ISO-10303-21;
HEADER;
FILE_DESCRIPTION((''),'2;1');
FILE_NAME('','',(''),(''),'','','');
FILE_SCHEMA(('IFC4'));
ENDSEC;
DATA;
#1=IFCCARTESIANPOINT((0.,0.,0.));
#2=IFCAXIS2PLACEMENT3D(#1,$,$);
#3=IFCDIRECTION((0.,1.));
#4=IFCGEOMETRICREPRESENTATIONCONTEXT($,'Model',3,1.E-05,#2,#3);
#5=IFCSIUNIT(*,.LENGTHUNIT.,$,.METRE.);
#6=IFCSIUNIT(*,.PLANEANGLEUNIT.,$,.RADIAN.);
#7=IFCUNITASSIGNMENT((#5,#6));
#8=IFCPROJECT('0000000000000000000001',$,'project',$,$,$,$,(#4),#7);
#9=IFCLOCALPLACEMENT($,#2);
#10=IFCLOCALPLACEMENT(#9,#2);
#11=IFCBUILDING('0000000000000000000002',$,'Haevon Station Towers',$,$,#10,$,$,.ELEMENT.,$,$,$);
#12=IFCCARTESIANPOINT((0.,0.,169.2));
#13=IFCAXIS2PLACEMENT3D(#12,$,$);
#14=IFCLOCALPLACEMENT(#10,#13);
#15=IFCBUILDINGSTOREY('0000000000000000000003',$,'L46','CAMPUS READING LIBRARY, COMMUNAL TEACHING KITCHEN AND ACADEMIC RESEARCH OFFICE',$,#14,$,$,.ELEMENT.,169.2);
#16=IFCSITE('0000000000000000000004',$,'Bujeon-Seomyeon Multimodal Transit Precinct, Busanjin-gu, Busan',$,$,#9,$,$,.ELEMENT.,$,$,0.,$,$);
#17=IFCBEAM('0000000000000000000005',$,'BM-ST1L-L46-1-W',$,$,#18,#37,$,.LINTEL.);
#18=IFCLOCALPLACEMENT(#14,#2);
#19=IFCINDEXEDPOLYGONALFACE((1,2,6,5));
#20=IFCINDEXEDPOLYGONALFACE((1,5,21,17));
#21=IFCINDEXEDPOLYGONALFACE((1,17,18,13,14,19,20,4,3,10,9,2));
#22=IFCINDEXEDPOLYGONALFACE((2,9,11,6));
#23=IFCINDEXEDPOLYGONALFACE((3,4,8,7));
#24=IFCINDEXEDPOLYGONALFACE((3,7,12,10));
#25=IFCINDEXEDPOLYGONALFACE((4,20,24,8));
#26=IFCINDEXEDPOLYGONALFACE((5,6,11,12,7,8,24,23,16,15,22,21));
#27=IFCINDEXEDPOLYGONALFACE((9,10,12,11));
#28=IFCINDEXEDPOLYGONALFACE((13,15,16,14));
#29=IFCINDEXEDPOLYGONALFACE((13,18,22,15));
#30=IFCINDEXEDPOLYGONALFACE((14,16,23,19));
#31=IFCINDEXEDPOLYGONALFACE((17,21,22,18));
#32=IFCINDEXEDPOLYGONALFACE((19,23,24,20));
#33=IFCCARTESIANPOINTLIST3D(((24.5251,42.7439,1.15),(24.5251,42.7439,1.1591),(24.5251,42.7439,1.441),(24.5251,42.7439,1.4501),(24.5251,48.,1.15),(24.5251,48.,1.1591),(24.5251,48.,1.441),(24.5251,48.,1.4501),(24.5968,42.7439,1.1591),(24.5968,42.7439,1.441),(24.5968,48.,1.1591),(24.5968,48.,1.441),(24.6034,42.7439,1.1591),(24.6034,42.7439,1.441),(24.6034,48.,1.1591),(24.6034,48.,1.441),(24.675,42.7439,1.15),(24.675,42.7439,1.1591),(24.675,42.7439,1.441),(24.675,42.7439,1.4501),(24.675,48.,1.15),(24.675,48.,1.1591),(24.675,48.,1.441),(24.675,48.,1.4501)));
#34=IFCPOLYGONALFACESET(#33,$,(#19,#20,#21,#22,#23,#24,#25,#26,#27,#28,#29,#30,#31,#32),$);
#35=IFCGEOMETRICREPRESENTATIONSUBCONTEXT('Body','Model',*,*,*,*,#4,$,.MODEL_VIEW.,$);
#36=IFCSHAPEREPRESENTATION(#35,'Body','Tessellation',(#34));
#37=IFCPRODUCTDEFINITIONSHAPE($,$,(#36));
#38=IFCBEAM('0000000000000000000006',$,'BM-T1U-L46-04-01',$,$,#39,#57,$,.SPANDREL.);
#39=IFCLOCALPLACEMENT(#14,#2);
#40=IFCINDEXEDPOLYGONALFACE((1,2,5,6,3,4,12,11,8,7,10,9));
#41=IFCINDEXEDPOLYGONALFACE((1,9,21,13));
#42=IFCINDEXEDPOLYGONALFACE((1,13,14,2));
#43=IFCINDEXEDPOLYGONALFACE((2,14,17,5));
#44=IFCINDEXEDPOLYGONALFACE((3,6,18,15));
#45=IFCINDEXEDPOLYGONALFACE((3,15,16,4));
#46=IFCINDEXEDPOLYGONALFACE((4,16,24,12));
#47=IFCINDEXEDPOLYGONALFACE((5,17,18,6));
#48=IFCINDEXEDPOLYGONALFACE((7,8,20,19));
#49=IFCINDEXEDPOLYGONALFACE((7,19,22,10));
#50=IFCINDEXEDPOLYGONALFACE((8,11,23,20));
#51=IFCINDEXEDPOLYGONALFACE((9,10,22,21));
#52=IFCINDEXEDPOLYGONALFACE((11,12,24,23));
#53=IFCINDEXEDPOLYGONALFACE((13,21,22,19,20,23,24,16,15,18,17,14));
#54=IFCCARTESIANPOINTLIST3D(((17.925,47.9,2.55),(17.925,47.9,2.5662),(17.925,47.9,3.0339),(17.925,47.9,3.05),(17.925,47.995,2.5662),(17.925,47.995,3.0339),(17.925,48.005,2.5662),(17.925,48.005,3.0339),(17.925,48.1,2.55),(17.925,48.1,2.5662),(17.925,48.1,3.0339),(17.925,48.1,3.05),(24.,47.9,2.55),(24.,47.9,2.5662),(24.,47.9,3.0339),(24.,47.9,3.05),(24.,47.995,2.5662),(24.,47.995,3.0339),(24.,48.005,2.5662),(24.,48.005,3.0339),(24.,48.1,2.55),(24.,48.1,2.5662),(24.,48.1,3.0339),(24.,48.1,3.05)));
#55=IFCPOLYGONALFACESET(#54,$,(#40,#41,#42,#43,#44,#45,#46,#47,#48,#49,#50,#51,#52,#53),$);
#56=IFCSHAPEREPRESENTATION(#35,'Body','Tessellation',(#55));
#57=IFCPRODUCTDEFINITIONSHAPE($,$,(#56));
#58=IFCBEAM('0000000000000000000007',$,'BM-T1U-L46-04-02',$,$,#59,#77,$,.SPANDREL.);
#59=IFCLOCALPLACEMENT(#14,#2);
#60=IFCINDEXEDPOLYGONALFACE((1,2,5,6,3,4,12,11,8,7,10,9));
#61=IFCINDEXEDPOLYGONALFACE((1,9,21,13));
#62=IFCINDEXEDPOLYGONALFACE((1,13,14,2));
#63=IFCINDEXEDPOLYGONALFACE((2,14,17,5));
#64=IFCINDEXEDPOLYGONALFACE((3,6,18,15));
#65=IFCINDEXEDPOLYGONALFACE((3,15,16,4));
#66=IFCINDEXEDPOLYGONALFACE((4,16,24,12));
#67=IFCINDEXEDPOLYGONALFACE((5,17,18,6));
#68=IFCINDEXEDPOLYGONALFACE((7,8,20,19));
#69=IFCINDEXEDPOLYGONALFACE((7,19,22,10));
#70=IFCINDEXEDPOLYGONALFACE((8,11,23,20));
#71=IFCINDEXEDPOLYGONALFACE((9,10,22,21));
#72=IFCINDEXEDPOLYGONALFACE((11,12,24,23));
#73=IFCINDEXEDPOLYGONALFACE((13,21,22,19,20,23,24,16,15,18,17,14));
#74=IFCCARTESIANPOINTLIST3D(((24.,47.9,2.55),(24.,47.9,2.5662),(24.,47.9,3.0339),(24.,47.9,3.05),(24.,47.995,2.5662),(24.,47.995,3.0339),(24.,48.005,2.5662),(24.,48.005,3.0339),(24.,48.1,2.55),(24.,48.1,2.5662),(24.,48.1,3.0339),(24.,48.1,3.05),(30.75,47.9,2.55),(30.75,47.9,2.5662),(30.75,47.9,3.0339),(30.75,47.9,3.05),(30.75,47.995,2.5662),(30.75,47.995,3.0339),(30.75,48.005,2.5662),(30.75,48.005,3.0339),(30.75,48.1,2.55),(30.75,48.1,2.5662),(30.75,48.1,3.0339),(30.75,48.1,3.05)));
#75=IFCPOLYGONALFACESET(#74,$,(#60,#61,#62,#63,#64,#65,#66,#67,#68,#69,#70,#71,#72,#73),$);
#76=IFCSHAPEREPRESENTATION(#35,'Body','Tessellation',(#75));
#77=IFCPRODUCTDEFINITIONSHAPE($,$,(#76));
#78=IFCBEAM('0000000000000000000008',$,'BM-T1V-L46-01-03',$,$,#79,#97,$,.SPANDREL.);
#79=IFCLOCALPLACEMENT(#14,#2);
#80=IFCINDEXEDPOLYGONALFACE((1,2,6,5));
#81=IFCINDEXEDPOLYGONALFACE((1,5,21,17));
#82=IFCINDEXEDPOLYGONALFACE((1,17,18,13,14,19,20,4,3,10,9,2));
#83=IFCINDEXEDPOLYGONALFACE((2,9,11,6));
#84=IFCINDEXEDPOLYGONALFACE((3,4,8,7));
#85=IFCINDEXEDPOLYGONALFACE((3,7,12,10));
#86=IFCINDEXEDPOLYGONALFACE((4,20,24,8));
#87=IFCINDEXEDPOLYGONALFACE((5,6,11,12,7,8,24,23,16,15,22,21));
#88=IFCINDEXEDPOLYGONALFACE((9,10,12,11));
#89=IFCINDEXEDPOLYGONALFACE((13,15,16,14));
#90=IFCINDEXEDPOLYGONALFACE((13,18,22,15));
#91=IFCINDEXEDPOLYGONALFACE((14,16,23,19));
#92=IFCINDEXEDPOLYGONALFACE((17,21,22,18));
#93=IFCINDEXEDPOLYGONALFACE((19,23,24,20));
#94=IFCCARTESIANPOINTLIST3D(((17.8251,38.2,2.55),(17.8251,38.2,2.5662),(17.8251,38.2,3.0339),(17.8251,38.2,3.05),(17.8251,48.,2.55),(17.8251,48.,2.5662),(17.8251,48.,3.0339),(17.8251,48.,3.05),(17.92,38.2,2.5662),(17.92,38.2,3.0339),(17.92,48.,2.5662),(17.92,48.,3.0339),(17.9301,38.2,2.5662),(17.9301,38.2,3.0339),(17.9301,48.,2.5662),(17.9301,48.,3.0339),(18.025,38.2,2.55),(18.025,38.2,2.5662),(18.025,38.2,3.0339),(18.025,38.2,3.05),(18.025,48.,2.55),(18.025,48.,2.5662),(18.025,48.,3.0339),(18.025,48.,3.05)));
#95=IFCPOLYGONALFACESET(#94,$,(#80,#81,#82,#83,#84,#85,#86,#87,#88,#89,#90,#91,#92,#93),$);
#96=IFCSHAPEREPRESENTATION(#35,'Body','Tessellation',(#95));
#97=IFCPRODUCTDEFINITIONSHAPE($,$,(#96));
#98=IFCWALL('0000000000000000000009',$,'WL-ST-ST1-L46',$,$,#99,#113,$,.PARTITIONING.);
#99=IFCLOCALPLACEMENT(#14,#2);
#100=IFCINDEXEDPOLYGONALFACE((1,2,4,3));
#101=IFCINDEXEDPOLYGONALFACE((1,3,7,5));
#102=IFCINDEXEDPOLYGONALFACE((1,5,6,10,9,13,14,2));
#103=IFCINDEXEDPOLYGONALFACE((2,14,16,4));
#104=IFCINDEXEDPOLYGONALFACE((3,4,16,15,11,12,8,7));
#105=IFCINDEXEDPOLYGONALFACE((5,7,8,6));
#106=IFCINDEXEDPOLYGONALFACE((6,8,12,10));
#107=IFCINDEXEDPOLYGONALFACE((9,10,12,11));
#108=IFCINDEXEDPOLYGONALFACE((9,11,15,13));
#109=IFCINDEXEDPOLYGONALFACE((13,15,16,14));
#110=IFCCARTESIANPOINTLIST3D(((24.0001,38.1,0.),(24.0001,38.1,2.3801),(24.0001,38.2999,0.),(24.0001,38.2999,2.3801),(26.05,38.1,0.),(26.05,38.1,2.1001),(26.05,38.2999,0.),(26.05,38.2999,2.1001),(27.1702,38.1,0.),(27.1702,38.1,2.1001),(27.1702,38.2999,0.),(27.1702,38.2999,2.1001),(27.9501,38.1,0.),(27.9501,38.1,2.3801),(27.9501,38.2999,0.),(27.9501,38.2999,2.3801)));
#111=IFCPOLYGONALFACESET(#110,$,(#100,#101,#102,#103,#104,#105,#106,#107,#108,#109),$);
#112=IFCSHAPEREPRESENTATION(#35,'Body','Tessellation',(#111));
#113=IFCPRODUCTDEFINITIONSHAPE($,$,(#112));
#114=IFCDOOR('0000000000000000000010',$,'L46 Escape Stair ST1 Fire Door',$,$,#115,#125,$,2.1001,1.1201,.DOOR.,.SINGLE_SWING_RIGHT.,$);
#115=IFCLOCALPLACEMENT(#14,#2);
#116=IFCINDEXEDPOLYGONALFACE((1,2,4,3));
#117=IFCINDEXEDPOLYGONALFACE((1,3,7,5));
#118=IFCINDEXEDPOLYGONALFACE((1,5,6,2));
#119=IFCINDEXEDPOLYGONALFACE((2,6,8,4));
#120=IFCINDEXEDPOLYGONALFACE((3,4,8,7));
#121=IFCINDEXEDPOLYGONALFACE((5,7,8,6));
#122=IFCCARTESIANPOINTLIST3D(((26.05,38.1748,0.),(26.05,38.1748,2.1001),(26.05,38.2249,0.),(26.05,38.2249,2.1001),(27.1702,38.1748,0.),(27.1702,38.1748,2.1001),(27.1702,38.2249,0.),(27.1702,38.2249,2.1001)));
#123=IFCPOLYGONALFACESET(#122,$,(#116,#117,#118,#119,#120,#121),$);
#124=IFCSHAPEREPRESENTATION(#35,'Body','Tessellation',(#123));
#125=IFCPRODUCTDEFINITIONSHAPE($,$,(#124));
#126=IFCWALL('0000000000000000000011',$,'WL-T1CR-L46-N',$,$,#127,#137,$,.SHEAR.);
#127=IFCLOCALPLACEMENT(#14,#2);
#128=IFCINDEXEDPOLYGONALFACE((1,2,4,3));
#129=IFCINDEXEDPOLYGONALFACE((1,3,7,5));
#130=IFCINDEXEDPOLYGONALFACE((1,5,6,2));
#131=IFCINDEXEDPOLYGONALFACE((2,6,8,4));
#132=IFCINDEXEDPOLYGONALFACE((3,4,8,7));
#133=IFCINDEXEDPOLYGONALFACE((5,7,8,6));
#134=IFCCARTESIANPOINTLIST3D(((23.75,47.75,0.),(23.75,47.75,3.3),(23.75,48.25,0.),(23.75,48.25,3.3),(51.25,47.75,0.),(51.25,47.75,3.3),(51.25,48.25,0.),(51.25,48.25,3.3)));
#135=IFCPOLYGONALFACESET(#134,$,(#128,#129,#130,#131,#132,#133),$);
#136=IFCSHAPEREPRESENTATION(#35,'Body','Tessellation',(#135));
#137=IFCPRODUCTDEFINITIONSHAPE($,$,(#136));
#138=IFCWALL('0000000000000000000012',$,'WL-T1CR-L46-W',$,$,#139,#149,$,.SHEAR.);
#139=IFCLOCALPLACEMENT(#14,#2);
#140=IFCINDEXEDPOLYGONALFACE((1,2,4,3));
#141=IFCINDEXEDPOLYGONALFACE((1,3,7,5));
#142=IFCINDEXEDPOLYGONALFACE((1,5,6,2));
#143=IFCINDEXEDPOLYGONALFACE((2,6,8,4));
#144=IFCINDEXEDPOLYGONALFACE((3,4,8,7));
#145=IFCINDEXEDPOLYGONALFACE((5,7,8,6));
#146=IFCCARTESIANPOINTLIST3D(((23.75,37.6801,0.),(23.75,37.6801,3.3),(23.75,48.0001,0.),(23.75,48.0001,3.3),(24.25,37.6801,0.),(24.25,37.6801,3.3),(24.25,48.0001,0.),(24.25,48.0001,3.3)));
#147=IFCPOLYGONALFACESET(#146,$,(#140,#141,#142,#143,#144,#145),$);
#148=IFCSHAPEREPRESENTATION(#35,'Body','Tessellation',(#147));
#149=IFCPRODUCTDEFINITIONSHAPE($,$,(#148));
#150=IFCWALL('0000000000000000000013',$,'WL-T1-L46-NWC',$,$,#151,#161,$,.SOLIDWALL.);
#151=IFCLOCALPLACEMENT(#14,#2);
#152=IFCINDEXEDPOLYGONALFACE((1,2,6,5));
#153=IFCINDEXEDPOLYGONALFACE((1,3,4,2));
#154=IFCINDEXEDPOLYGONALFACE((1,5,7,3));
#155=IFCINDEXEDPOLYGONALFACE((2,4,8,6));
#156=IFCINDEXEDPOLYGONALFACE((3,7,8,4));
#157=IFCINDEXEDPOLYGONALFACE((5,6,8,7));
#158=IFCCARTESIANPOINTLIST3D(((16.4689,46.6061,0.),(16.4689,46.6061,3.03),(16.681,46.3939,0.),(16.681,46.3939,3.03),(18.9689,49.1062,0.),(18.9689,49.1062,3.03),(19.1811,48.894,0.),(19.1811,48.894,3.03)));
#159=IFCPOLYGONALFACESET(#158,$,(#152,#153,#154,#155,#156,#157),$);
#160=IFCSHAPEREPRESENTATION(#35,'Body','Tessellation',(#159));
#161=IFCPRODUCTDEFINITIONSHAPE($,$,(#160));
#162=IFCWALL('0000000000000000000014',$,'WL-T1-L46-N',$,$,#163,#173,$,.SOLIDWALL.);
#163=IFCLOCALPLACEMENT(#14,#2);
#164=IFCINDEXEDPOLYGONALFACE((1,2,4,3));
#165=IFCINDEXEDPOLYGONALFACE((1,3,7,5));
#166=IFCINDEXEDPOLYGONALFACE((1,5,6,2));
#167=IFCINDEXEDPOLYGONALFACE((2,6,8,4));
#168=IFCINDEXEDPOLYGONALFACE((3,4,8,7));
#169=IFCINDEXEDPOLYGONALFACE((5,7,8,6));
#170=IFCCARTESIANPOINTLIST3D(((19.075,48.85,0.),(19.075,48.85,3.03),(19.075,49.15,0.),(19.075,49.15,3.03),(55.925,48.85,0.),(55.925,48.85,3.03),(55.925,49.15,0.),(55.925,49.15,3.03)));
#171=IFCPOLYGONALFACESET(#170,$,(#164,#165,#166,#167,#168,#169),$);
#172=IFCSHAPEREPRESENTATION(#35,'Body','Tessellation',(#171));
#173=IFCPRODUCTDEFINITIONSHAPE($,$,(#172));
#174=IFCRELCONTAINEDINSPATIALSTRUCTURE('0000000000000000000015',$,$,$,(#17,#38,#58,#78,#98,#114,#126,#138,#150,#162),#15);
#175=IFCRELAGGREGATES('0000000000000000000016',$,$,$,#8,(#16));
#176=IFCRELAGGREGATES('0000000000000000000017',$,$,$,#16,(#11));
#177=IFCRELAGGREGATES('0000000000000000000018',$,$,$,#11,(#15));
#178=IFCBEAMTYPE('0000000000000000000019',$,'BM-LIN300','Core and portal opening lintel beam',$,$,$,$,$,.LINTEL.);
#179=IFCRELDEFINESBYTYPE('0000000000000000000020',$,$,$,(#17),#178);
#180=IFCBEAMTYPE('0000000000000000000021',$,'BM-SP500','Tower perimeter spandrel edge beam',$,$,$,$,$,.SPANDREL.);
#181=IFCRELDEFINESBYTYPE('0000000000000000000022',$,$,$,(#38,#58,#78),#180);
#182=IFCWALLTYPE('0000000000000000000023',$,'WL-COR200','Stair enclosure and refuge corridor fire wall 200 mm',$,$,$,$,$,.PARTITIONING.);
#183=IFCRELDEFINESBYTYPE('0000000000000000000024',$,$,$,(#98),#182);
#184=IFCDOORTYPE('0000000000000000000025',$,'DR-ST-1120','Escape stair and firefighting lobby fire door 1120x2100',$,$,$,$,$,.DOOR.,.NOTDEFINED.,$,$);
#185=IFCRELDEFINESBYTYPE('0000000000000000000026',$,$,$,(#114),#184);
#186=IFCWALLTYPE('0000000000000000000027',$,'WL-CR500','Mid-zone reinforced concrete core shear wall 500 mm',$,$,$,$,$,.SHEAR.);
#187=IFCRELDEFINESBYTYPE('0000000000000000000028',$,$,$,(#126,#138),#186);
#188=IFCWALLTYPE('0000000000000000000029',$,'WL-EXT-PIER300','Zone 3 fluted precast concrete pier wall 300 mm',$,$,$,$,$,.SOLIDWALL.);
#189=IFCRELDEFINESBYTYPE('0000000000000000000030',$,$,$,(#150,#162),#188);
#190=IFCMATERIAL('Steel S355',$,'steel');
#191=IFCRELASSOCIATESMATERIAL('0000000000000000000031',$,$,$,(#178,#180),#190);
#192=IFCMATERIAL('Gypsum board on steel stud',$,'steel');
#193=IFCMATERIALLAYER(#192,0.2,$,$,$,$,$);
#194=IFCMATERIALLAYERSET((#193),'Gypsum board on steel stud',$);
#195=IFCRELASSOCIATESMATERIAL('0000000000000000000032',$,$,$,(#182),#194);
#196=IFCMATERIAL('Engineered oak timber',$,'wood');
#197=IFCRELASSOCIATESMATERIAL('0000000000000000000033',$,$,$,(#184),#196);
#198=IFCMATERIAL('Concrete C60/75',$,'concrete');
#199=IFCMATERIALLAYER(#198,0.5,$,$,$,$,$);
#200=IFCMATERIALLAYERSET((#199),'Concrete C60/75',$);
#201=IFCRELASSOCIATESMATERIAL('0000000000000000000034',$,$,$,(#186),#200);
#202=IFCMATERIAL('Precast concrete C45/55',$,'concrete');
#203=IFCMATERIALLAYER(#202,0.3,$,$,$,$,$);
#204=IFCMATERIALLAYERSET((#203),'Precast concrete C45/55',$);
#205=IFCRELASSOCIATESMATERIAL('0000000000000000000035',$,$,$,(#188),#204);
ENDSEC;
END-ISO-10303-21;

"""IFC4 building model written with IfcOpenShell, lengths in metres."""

from ifc_helpers import new_model, si_unit, direction, frame, frame_2d, origin, origin_2d, place, context, subcontext, project, spatial, rectangle, i_section, extrude, material, layer, layer_set, material_profile, profile_set, type_object, element, fill, save


model = new_model("IFC4")

# Units and contexts
model_context = context("Model", 3, precision=1e-05, world=origin(), true_north=direction((0.0, 1.0)))
body_context = subcontext(model_context, "Body", "Model", "MODEL_VIEW")
ifc_project = project(units=[si_unit("LENGTHUNIT", "METRE"), si_unit("PLANEANGLEUNIT", "RADIAN")], contexts=[model_context])

# Site, building, storey
site_placement = place(None, origin())
site = spatial("IfcSite", under=ifc_project, at=site_placement, Name="Bujeon-Seomyeon Multimodal Transit Precinct, Busanjin-gu, Busan", CompositionType="ELEMENT", RefElevation=0.0)
building_placement = place(site_placement, origin())
building = spatial("IfcBuilding", under=site, at=building_placement, Name="Haevon Station Towers", CompositionType="ELEMENT")
storey_placement = place(building_placement, frame((0.0, 0.0, 169.2)))
storey = spatial("IfcBuildingStorey", under=building, at=storey_placement, Name="L46", Description="CAMPUS READING LIBRARY, COMMUNAL TEACHING KITCHEN AND ACADEMIC RESEARCH OFFICE", CompositionType="ELEMENT", Elevation=169.2)

# Shared definitions
ifc_material_1 = material(Name="Steel S355", Category="steel")

# Beams
ifc_material_profile_1 = material_profile(ifc_material_1, i_section(OverallWidth=0.1499, OverallDepth=0.3, WebThickness=0.0066, FlangeThickness=0.009, at=origin_2d()), Name="H-300x150x6.5x9")
ifc_profile_set_1 = profile_set([ifc_material_profile_1], Name="Steel S355")
beam_type_1 = type_object("IfcBeamType", Name="BM-LIN300", Description="Core and portal opening lintel beam", PredefinedType="LINTEL", material=ifc_profile_set_1)
beam_1_placement = place(storey_placement, frame((24.6001, 42.7439, 1.3), z_axis=(0.0, 1.0, 0.0), x_axis=(-1.0, 0.0, 0.0)))
element("IfcBeam", 1, at=beam_1_placement, inside=storey, type_object=beam_type_1, Name="BM-ST1L-L46-1-W", PredefinedType="LINTEL", context=body_context, shape_type="SweptSolid", body=[
    extrude(i_section(OverallWidth=0.1499, OverallDepth=0.3, WebThickness=0.0066, FlangeThickness=0.009, at=origin_2d()), origin(), (0.0, 0.0, 1.0), 5.2561),
])
ifc_material_profile_2 = material_profile(ifc_material_1, i_section(OverallWidth=0.2, OverallDepth=0.5, WebThickness=0.01, FlangeThickness=0.0161, at=origin_2d()), Name="H-500x200x10x16")
ifc_profile_set_2 = profile_set([ifc_material_profile_2], Name="Steel S355")
beam_type_2 = type_object("IfcBeamType", Name="BM-SP500", Description="Tower perimeter spandrel edge beam", PredefinedType="SPANDREL", material=ifc_profile_set_2)
beam_2_placement = place(storey_placement, frame((17.925, 48.0, 2.8), z_axis=(1.0, 0.0, 0.0), x_axis=(0.0, 1.0, 0.0)))
element("IfcBeam", 2, at=beam_2_placement, inside=storey, type_object=beam_type_2, Name="BM-T1U-L46-04-01", PredefinedType="SPANDREL", context=body_context, shape_type="SweptSolid", body=[
    extrude(i_section(OverallWidth=0.2, OverallDepth=0.5, WebThickness=0.01, FlangeThickness=0.0161, at=origin_2d()), origin(), (0.0, 0.0, 1.0), 6.075),
])
beam_3_placement = place(storey_placement, frame((24.0, 48.0, 2.8), z_axis=(1.0, 0.0, 0.0), x_axis=(0.0, 1.0, 0.0)))
element("IfcBeam", 3, at=beam_3_placement, inside=storey, type_object=beam_type_2, Name="BM-T1U-L46-04-02", PredefinedType="SPANDREL", context=body_context, shape_type="SweptSolid", body=[
    extrude(i_section(OverallWidth=0.2, OverallDepth=0.5, WebThickness=0.01, FlangeThickness=0.0161, at=origin_2d()), origin(), (0.0, 0.0, 1.0), 6.75),
])
beam_4_placement = place(storey_placement, frame((17.925, 38.2, 2.8), z_axis=(0.0, 1.0, 0.0), x_axis=(-1.0, 0.0, 0.0)))
element("IfcBeam", 4, at=beam_4_placement, inside=storey, type_object=beam_type_2, Name="BM-T1V-L46-01-03", PredefinedType="SPANDREL", context=body_context, shape_type="SweptSolid", body=[
    extrude(i_section(OverallWidth=0.2, OverallDepth=0.5, WebThickness=0.01, FlangeThickness=0.0161, at=origin_2d()), origin(), (0.0, 0.0, 1.0), 9.8),
])

# Wall, opening, door
ifc_material_2 = material(Name="Gypsum board on steel stud", Category="steel")
ifc_layer_1 = layer(ifc_material_2, 0.2)
ifc_layer_set_1 = layer_set([ifc_layer_1], Name="Gypsum board on steel stud")
wall_type_1 = type_object("IfcWallType", Name="WL-COR200", Description="Stair enclosure and refuge corridor fire wall 200 mm", PredefinedType="PARTITIONING", material=ifc_layer_set_1)
wall_1_placement = place(storey_placement, frame((24.0, 38.2, 0.0), z_axis=(0.0, 0.0, 1.0), x_axis=(1.0, 0.0, 0.0)))
wall_1 = element("IfcWall", 5, at=wall_1_placement, inside=storey, type_object=wall_type_1, Name="WL-ST-ST1-L46", PredefinedType="PARTITIONING", context=body_context, shape_type="SweptSolid", body=[
    extrude(rectangle(XDim=3.95, YDim=0.2, at=frame_2d((1.9751, 0.0))), origin(), (0.0, 0.0, 1.0), 2.3801),
])
opening_placement = place(wall_1_placement, frame((2.05, 0.0, 0.0)))
opening = element("IfcOpeningElement", 6, at=opening_placement, cuts=wall_1, PredefinedType="OPENING", context=body_context, shape_type="SweptSolid", body=[
    extrude(rectangle(XDim=1.1201, YDim=2.1001, at=frame_2d((0.5601, 1.05))), frame((0.0, 0.1099, 0.0), z_axis=(0.0, -1.0, 0.0), x_axis=(1.0, 0.0, 0.0)), (0.0, 0.0, 1.0), 0.22),
])
ifc_material_3 = material(Name="Engineered oak timber", Category="wood")
door_type = type_object("IfcDoorType", Name="DR-ST-1120", Description="Escape stair and firefighting lobby fire door 1120x2100", OperationType="NOTDEFINED", PredefinedType="DOOR", material=ifc_material_3)
door_placement = place(opening_placement, origin())
door = element("IfcDoor", 7, at=door_placement, inside=storey, type_object=door_type, Name="L46 Escape Stair ST1 Fire Door", OperationType="SINGLE_SWING_RIGHT", OverallHeight=2.1001, OverallWidth=1.1201, PredefinedType="DOOR", context=body_context, shape_type="SweptSolid", body=[
    extrude(rectangle(XDim=1.1201, YDim=2.1001, at=frame_2d((0.5601, 1.05))), frame((0.0, 0.0249, 0.0), z_axis=(0.0, -1.0, 0.0), x_axis=(1.0, 0.0, 0.0)), (0.0, 0.0, 1.0), 0.05),
])
fill(opening, door)

# Walls
ifc_material_4 = material(Name="Concrete C60/75", Category="concrete")
ifc_layer_2 = layer(ifc_material_4, 0.5)
ifc_layer_set_2 = layer_set([ifc_layer_2], Name="Concrete C60/75")
wall_type_2 = type_object("IfcWallType", Name="WL-CR500", Description="Mid-zone reinforced concrete core shear wall 500 mm", PredefinedType="SHEAR", material=ifc_layer_set_2)
wall_2_placement = place(storey_placement, frame((23.75, 48.0, 0.0), z_axis=(0.0, 0.0, 1.0), x_axis=(1.0, 0.0, 0.0)))
element("IfcWall", 8, at=wall_2_placement, inside=storey, type_object=wall_type_2, Name="WL-T1CR-L46-N", PredefinedType="SHEAR", context=body_context, shape_type="SweptSolid", body=[
    extrude(rectangle(XDim=27.5, YDim=0.5, at=frame_2d((13.75, 0.0))), origin(), (0.0, 0.0, 1.0), 3.3),
])
wall_3_placement = place(storey_placement, frame((24.0, 37.6799, 0.0), z_axis=(0.0, 0.0, 1.0), x_axis=(0.0, 1.0, 0.0)))
element("IfcWall", 9, at=wall_3_placement, inside=storey, type_object=wall_type_2, Name="WL-T1CR-L46-W", PredefinedType="SHEAR", context=body_context, shape_type="SweptSolid", body=[
    extrude(rectangle(XDim=10.3201, YDim=0.5, at=frame_2d((5.1602, 0.0))), origin(), (0.0, 0.0, 1.0), 3.3),
])
ifc_material_5 = material(Name="Precast concrete C45/55", Category="concrete")
ifc_layer_3 = layer(ifc_material_5, 0.3)
ifc_layer_set_3 = layer_set([ifc_layer_3], Name="Precast concrete C45/55")
wall_type_3 = type_object("IfcWallType", Name="WL-EXT-PIER300", Description="Zone 3 fluted precast concrete pier wall 300 mm", PredefinedType="SOLIDWALL", material=ifc_layer_set_3)
wall_4_placement = place(storey_placement, frame((16.575, 46.5, 0.0), z_axis=(0.0, 0.0, 1.0), x_axis=(0.707107, 0.707107, 0.0)))
element("IfcWall", 10, at=wall_4_placement, inside=storey, type_object=wall_type_3, Name="WL-T1-L46-NWC", PredefinedType="SOLIDWALL", context=body_context, shape_type="SweptSolid", body=[
    extrude(rectangle(XDim=3.5356, YDim=0.3, at=frame_2d((1.7678, 0.0))), origin(), (0.0, 0.0, 1.0), 3.03),
])
wall_5_placement = place(storey_placement, frame((19.075, 49.0, 0.0), z_axis=(0.0, 0.0, 1.0), x_axis=(1.0, 0.0, 0.0)))
element("IfcWall", 11, at=wall_5_placement, inside=storey, type_object=wall_type_3, Name="WL-T1-L46-N", PredefinedType="SOLIDWALL", context=body_context, shape_type="SweptSolid", body=[
    extrude(rectangle(XDim=36.8501, YDim=0.3, at=frame_2d((18.425, 0.0))), origin(), (0.0, 0.0, 1.0), 3.03),
])

save(model, "model.ifc")
